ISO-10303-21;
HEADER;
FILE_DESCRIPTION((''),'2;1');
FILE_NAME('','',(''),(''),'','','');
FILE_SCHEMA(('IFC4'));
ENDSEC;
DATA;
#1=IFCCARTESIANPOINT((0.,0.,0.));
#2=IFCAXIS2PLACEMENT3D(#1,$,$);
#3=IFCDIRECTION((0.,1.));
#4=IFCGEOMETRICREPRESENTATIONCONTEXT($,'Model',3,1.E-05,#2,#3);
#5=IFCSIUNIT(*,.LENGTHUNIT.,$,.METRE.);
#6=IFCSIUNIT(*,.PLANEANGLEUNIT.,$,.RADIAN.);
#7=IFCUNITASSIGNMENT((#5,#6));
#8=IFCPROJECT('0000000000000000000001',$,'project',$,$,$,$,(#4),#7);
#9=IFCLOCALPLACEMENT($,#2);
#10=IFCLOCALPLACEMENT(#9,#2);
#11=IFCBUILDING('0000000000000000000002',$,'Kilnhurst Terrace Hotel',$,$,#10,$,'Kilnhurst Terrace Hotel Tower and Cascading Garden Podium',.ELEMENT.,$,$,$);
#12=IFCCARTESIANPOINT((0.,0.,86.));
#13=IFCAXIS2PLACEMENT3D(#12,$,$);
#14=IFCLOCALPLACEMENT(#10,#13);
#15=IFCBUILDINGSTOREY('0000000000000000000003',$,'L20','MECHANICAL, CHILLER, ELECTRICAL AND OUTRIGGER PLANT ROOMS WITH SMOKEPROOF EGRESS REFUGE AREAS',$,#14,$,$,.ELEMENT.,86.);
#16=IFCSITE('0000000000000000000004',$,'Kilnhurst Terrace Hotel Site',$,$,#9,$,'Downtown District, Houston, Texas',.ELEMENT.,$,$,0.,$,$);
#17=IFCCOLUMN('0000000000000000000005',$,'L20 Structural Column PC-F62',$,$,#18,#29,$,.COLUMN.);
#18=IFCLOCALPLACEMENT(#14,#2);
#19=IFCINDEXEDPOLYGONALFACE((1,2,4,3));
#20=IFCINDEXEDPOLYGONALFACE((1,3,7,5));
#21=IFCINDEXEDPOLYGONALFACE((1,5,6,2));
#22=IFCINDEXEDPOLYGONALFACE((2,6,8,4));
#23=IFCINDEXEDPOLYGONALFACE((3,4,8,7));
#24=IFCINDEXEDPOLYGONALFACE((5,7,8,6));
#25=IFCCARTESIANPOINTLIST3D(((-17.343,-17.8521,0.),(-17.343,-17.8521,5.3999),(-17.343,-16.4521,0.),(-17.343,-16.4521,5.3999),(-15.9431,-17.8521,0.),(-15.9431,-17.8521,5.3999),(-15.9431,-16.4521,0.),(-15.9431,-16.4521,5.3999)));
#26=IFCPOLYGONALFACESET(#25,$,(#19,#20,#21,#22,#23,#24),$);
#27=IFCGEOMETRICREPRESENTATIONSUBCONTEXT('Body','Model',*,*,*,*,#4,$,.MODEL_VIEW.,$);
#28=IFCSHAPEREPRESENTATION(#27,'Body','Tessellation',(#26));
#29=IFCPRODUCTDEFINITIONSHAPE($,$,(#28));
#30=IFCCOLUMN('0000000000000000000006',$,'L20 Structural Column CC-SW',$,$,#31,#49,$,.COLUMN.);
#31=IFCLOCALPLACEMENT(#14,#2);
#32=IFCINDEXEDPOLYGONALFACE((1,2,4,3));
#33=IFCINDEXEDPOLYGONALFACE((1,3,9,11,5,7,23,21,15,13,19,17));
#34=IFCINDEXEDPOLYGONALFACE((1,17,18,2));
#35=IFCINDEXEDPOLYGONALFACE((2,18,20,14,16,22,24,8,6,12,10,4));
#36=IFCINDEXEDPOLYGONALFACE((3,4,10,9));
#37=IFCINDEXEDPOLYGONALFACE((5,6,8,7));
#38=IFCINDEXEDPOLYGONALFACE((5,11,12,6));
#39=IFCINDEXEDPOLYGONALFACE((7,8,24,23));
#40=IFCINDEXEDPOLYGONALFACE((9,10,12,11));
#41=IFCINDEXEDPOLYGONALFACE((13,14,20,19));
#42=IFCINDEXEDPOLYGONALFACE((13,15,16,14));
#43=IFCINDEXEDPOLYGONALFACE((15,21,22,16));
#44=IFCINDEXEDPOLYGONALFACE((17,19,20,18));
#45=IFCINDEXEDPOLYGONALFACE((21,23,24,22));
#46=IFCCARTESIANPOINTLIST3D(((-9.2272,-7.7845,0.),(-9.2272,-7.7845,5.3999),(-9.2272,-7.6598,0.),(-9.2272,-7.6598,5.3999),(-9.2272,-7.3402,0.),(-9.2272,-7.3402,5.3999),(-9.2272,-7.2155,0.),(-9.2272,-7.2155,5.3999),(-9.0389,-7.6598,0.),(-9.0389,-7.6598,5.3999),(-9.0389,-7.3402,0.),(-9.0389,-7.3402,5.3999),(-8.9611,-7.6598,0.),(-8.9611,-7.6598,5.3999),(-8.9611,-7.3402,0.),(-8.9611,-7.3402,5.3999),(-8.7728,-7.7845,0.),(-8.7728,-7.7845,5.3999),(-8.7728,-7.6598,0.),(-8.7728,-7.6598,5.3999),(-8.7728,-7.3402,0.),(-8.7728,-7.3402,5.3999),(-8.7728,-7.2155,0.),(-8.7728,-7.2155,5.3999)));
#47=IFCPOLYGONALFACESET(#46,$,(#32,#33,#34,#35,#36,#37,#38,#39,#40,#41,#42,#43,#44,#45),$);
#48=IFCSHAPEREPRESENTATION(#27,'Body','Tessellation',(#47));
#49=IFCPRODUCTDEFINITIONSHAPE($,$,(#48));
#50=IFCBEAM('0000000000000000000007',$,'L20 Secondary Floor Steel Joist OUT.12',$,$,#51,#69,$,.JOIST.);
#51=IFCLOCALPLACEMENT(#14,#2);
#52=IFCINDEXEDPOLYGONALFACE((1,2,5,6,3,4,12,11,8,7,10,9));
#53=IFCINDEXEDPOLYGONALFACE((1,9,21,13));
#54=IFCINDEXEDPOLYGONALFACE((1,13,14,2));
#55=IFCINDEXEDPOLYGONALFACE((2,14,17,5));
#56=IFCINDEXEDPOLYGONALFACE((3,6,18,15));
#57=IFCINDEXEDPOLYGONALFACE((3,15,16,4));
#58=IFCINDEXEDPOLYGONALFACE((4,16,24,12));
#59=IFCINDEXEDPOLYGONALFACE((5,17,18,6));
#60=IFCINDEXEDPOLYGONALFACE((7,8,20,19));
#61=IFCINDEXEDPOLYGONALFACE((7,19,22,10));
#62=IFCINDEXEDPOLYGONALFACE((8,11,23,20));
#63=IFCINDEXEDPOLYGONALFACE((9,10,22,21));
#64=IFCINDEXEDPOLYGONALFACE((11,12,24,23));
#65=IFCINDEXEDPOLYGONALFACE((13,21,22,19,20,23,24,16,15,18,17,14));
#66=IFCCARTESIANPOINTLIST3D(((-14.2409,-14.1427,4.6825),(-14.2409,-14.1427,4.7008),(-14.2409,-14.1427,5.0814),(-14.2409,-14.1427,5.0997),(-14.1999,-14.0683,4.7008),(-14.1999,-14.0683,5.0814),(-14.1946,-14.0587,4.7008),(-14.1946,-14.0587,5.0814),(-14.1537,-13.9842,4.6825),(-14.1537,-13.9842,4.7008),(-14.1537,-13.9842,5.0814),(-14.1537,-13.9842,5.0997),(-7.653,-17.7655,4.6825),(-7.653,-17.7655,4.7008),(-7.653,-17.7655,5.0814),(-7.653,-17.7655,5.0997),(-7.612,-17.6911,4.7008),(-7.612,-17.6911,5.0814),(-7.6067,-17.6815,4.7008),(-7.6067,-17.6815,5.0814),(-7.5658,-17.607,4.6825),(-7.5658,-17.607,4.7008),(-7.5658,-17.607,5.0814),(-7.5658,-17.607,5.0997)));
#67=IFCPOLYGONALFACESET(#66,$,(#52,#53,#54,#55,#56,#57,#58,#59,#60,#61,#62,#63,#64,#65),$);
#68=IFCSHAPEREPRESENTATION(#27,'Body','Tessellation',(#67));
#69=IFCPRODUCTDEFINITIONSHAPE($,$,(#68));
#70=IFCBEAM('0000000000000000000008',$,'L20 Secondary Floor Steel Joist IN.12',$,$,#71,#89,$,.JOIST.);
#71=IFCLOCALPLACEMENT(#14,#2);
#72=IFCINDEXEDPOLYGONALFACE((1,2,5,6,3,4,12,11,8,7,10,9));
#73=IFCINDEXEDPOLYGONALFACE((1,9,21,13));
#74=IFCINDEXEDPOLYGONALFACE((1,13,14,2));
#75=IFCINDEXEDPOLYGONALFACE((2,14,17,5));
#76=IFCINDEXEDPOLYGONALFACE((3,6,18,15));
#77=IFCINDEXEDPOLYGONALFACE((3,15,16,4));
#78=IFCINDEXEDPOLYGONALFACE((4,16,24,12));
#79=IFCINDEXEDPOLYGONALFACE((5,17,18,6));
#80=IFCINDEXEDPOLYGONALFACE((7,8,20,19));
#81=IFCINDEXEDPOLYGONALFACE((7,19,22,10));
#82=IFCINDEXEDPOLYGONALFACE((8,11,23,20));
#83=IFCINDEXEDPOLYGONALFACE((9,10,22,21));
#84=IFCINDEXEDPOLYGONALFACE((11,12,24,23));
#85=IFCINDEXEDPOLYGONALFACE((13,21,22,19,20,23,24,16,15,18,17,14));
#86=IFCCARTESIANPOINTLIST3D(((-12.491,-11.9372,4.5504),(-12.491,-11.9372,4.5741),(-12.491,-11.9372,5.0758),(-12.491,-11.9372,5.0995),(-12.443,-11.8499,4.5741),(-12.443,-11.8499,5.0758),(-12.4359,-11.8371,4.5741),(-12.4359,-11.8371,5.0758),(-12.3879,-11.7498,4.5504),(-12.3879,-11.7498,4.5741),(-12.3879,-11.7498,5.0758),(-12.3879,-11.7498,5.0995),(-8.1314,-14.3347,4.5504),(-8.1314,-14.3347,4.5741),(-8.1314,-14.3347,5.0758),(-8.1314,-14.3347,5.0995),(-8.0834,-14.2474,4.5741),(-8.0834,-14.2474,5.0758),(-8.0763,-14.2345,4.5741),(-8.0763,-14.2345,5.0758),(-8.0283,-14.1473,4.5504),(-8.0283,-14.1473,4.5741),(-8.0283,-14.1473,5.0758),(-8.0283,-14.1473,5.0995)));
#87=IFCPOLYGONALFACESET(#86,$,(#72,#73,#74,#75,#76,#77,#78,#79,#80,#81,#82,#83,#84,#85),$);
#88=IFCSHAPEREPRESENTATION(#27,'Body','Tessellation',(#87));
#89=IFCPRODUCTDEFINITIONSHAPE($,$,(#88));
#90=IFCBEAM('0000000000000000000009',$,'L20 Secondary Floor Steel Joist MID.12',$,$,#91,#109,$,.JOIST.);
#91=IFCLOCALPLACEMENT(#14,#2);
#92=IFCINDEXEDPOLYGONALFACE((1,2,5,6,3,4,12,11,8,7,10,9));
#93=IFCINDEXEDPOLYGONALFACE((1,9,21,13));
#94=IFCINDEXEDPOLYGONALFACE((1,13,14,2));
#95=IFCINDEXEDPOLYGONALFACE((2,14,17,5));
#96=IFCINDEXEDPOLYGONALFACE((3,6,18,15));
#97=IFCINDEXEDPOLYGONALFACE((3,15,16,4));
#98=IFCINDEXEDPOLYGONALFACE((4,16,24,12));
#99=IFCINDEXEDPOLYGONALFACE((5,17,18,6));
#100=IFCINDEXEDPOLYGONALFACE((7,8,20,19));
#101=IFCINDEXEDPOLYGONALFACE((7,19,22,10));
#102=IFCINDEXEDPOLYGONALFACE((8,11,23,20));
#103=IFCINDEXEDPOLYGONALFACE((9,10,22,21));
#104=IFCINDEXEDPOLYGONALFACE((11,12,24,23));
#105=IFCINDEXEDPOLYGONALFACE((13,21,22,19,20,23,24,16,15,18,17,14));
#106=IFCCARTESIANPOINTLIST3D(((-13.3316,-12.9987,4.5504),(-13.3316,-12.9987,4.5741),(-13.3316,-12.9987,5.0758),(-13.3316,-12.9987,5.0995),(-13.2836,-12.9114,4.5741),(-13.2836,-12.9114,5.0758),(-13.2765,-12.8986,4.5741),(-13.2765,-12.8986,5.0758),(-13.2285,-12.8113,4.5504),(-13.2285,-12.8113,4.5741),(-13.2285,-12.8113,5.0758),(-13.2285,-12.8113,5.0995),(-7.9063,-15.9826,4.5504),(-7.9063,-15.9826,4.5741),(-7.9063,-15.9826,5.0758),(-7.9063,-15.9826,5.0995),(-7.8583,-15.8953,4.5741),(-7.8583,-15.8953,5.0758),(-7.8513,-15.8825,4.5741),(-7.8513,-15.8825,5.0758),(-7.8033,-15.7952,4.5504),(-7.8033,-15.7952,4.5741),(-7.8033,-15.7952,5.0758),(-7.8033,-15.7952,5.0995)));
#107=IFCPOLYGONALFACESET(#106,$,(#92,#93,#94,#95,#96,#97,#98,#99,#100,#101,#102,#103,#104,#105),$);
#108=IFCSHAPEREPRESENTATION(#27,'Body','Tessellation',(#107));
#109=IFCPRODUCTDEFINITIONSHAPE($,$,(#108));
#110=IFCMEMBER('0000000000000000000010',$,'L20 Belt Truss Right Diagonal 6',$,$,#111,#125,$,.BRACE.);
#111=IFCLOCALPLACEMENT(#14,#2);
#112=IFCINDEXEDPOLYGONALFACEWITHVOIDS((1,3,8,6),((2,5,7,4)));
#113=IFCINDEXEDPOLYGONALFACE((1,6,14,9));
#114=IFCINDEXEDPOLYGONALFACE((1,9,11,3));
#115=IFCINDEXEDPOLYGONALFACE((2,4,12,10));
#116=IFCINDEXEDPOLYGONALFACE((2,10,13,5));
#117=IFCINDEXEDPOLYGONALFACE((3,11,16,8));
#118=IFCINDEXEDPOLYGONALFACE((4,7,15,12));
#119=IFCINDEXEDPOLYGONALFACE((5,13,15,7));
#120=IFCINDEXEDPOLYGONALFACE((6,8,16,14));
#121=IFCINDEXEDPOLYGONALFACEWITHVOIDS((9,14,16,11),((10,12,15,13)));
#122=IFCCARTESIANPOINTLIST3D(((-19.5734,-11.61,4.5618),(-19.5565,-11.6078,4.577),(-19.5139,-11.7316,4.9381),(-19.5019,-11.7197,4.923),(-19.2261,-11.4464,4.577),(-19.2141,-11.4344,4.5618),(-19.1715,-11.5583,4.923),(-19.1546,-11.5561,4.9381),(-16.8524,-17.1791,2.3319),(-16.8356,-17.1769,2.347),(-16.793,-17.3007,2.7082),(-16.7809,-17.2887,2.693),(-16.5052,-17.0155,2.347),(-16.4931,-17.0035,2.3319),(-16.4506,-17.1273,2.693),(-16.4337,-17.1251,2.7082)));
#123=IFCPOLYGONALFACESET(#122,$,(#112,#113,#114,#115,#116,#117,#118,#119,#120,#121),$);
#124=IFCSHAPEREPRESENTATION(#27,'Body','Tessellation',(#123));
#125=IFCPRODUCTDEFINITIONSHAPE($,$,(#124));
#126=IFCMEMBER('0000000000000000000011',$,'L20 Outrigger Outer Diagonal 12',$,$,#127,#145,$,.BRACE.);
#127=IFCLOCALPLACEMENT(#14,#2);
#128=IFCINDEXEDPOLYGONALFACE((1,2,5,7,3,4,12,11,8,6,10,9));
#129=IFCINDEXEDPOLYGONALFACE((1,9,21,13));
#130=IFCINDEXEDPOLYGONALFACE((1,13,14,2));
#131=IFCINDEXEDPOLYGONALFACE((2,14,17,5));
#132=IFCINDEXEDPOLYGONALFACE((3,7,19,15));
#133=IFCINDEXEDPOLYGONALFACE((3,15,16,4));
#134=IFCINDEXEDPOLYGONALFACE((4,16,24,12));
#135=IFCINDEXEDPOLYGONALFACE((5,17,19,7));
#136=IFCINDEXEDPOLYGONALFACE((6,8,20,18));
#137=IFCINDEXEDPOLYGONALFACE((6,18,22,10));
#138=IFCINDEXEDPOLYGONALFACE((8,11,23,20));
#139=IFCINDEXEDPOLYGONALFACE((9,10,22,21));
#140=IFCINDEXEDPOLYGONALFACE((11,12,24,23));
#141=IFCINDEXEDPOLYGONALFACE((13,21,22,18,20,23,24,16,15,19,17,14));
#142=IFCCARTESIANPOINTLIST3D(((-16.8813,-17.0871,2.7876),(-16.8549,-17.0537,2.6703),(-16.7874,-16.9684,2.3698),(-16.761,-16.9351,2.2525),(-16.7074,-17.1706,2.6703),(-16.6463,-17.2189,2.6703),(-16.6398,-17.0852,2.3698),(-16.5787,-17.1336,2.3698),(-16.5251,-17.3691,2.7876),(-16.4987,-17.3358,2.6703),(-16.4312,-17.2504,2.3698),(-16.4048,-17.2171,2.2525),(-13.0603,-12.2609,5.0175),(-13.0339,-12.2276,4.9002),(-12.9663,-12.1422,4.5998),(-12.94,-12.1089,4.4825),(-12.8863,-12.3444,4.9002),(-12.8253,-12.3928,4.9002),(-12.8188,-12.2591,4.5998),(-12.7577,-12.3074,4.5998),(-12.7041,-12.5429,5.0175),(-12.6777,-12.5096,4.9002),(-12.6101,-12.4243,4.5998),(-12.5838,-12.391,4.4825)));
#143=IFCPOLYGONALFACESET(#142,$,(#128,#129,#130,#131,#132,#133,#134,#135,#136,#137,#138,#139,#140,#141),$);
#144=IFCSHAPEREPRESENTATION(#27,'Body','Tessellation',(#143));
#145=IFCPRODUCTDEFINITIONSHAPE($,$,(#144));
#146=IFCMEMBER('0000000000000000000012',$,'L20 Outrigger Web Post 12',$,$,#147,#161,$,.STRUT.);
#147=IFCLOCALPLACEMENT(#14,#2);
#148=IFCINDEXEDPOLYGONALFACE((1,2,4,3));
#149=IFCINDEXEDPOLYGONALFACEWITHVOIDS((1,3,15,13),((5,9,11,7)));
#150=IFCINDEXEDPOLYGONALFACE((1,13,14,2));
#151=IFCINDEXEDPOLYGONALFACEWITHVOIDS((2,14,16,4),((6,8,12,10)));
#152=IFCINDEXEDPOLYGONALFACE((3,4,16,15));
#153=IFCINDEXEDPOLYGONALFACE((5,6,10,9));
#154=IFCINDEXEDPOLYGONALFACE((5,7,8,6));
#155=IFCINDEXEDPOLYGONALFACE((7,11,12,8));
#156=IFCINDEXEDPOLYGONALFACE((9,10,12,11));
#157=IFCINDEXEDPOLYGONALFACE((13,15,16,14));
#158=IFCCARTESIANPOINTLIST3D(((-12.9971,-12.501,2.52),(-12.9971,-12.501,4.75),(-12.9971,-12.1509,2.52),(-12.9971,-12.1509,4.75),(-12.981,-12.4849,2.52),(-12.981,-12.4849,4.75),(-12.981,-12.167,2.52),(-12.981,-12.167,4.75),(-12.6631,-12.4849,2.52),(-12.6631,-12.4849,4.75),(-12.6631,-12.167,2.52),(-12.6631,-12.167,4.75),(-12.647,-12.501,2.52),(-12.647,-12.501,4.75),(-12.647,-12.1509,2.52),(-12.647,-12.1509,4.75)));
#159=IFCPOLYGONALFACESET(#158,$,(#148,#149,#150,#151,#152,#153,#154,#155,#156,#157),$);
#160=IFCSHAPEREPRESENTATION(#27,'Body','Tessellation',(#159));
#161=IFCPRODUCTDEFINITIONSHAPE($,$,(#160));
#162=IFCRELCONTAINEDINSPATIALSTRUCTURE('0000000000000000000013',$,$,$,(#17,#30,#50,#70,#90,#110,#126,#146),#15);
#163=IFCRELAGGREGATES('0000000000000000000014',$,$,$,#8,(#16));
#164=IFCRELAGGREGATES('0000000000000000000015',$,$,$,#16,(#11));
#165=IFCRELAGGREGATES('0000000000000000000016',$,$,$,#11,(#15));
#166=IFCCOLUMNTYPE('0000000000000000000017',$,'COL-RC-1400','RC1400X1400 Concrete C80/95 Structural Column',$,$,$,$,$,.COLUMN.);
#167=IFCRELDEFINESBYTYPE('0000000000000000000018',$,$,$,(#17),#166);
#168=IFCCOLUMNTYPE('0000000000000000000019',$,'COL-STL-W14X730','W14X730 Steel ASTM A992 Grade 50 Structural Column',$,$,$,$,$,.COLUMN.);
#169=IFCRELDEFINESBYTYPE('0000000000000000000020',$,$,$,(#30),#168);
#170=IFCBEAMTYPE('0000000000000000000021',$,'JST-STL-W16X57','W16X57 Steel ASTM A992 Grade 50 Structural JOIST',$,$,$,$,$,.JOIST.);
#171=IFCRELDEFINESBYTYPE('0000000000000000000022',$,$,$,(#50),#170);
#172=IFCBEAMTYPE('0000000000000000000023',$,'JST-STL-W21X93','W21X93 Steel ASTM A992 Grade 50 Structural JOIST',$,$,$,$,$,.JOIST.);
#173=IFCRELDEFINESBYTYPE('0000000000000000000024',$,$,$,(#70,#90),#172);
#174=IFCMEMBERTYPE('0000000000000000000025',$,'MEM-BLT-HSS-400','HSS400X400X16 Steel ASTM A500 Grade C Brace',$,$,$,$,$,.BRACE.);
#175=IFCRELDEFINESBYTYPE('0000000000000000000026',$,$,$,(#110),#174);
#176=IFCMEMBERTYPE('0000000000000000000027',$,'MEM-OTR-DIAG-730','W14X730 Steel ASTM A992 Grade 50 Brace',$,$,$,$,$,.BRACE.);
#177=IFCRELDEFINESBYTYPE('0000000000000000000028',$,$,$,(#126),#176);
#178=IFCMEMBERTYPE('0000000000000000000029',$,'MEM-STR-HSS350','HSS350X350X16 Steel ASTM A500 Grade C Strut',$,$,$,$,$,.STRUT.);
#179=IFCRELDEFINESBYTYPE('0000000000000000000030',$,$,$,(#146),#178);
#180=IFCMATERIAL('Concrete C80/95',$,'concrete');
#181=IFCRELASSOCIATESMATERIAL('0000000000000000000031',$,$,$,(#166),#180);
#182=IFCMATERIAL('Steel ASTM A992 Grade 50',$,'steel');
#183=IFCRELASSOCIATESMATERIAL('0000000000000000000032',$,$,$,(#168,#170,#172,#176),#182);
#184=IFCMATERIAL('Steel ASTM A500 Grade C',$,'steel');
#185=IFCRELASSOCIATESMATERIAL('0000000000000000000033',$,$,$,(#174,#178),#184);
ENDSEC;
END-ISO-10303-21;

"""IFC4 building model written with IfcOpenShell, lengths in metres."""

from ifc_helpers import new_model, si_unit, direction, frame, origin, origin_2d, place, context, subcontext, project, spatial, rectangle, hollow_rectangle, i_section, extrude, material, material_profile, profile_set, type_object, element, save


model = new_model("IFC4")

# Units and contexts
model_context = context("Model", 3, precision=1e-05, world=origin(), true_north=direction((0.0, 1.0)))
body_context = subcontext(model_context, "Body", "Model", "MODEL_VIEW")
ifc_project = project(units=[si_unit("LENGTHUNIT", "METRE"), si_unit("PLANEANGLEUNIT", "RADIAN")], contexts=[model_context])

# Site, building, storey
site_placement = place(None, origin())
site = spatial("IfcSite", under=ifc_project, at=site_placement, Name="Kilnhurst Terrace Hotel Site", LongName="Downtown District, Houston, Texas", CompositionType="ELEMENT", RefElevation=0.0)
building_placement = place(site_placement, origin())
building = spatial("IfcBuilding", under=site, at=building_placement, Name="Kilnhurst Terrace Hotel", LongName="Kilnhurst Terrace Hotel Tower and Cascading Garden Podium", CompositionType="ELEMENT")
storey_placement = place(building_placement, frame((0.0, 0.0, 86.0)))
storey = spatial("IfcBuildingStorey", under=building, at=storey_placement, Name="L20", Description="MECHANICAL, CHILLER, ELECTRICAL AND OUTRIGGER PLANT ROOMS WITH SMOKEPROOF EGRESS REFUGE AREAS", CompositionType="ELEMENT", Elevation=86.0)

# Columns
ifc_material_1 = material(Name="Concrete C80/95", Category="concrete")
ifc_material_profile_1 = material_profile(ifc_material_1, rectangle(XDim=1.3999, YDim=1.3999, at=origin_2d()), Name="RC1400X1400")
ifc_profile_set_1 = profile_set([ifc_material_profile_1], Name="Concrete C80/95")
column_type_1 = type_object("IfcColumnType", Name="COL-RC-1400", Description="RC1400X1400 Concrete C80/95 Structural Column", PredefinedType="COLUMN", material=ifc_profile_set_1)
column_1_placement = place(storey_placement, frame((-16.6431, -17.1521, 0.0), z_axis=(0.0, 0.0, 1.0), x_axis=(1.0, 0.0, 0.0)))
element("IfcColumn", 1, at=column_1_placement, inside=storey, type_object=column_type_1, Name="L20 Structural Column PC-F62", PredefinedType="COLUMN", context=body_context, shape_type="SweptSolid", body=[
    extrude(rectangle(XDim=1.3999, YDim=1.3999, at=origin_2d()), origin(), (0.0, 0.0, 1.0), 5.3999),
])
ifc_material_2 = material(Name="Steel ASTM A992 Grade 50", Category="steel")
ifc_material_profile_2 = material_profile(ifc_material_2, i_section(OverallWidth=0.4543, OverallDepth=0.5691, WebThickness=0.0779, FlangeThickness=0.1248, at=origin_2d()), Name="W14X730")
ifc_profile_set_2 = profile_set([ifc_material_profile_2], Name="Steel ASTM A992 Grade 50")
column_type_2 = type_object("IfcColumnType", Name="COL-STL-W14X730", Description="W14X730 Steel ASTM A992 Grade 50 Structural Column", PredefinedType="COLUMN", material=ifc_profile_set_2)
column_2_placement = place(storey_placement, frame((-9.0, -7.5, 0.0), z_axis=(0.0, 0.0, 1.0), x_axis=(1.0, 0.0, 0.0)))
element("IfcColumn", 2, at=column_2_placement, inside=storey, type_object=column_type_2, Name="L20 Structural Column CC-SW", PredefinedType="COLUMN", context=body_context, shape_type="SweptSolid", body=[
    extrude(i_section(OverallWidth=0.4543, OverallDepth=0.5691, WebThickness=0.0779, FlangeThickness=0.1248, at=origin_2d()), origin(), (0.0, 0.0, 1.0), 5.3999),
])

# Beams
ifc_material_profile_3 = material_profile(ifc_material_2, i_section(OverallWidth=0.1809, OverallDepth=0.4172, WebThickness=0.011, FlangeThickness=0.0183, at=origin_2d()), Name="W16X57")
ifc_profile_set_3 = profile_set([ifc_material_profile_3], Name="Steel ASTM A992 Grade 50")
beam_type_1 = type_object("IfcBeamType", Name="JST-STL-W16X57", Description="W16X57 Steel ASTM A992 Grade 50 Structural JOIST", PredefinedType="JOIST", material=ifc_profile_set_3)
beam_1_placement = place(storey_placement, frame((-14.1973, -14.0635, 4.8911), z_axis=(0.876246, -0.481864, 0.0), x_axis=(0.481864, 0.876246, 0.0)))
element("IfcBeam", 3, at=beam_1_placement, inside=storey, type_object=beam_type_1, Name="L20 Secondary Floor Steel Joist OUT.12", PredefinedType="JOIST", context=body_context, shape_type="SweptSolid", body=[
    extrude(i_section(OverallWidth=0.1809, OverallDepth=0.4172, WebThickness=0.011, FlangeThickness=0.0183, at=origin_2d()), origin(), (0.0, 0.0, 1.0), 7.5183),
])
ifc_material_profile_4 = material_profile(ifc_material_2, i_section(OverallWidth=0.2139, OverallDepth=0.5491, WebThickness=0.0146, FlangeThickness=0.0237, at=origin_2d()), Name="W21X93")
ifc_profile_set_4 = profile_set([ifc_material_profile_4], Name="Steel ASTM A992 Grade 50")
beam_type_2 = type_object("IfcBeamType", Name="JST-STL-W21X93", Description="W21X93 Steel ASTM A992 Grade 50 Structural JOIST", PredefinedType="JOIST", material=ifc_profile_set_4)
beam_2_placement = place(storey_placement, frame((-12.4395, -11.8435, 4.825), z_axis=(0.876244, -0.481868, 0.0), x_axis=(0.481868, 0.876244, 0.0)))
element("IfcBeam", 4, at=beam_2_placement, inside=storey, type_object=beam_type_2, Name="L20 Secondary Floor Steel Joist IN.12", PredefinedType="JOIST", context=body_context, shape_type="SweptSolid", body=[
    extrude(i_section(OverallWidth=0.2139, OverallDepth=0.5491, WebThickness=0.0146, FlangeThickness=0.0237, at=origin_2d()), origin(), (0.0, 0.0, 1.0), 4.9753),
])
beam_3_placement = place(storey_placement, frame((-13.28, -12.905, 4.825), z_axis=(0.876218, -0.481916, 0.0), x_axis=(0.481916, 0.876218, 0.0)))
element("IfcBeam", 5, at=beam_3_placement, inside=storey, type_object=beam_type_2, Name="L20 Secondary Floor Steel Joist MID.12", PredefinedType="JOIST", context=body_context, shape_type="SweptSolid", body=[
    extrude(i_section(OverallWidth=0.2139, OverallDepth=0.5491, WebThickness=0.0146, FlangeThickness=0.0237, at=origin_2d()), origin(), (0.0, 0.0, 1.0), 6.1917),
])

# Members
ifc_material_3 = material(Name="Steel ASTM A500 Grade C", Category="steel")
ifc_material_profile_5 = material_profile(ifc_material_3, hollow_rectangle(XDim=0.3999, YDim=0.3999, WallThickness=0.0161, at=origin_2d()), Name="HSS400X400X16")
ifc_profile_set_5 = profile_set([ifc_material_profile_5], Name="Steel ASTM A500 Grade C")
member_type_1 = type_object("IfcMemberType", Name="MEM-BLT-HSS-400", Description="HSS400X400X16 Steel ASTM A500 Grade C Brace", PredefinedType="BRACE", material=ifc_profile_set_5)
member_1_placement = place(storey_placement, frame((-16.6431, -17.1521, 2.52), z_axis=(-0.413066, 0.845442, 0.338533), x_axis=(-0.898494, -0.438986, 0.0)))
element("IfcMember", 6, at=member_1_placement, inside=storey, type_object=member_type_1, Name="L20 Belt Truss Right Diagonal 6", PredefinedType="BRACE", context=body_context, shape_type="SweptSolid", body=[
    extrude(hollow_rectangle(XDim=0.3999, YDim=0.3999, WallThickness=0.0161, at=origin_2d()), origin(), (0.0, 0.0, 1.0), 6.5872),
])
ifc_material_profile_6 = material_profile(ifc_material_2, i_section(OverallWidth=0.4543, OverallDepth=0.5691, WebThickness=0.0779, FlangeThickness=0.1248, at=origin_2d()), Name="W14X730")
ifc_profile_set_6 = profile_set([ifc_material_profile_6], Name="Steel ASTM A992 Grade 50")
member_type_2 = type_object("IfcMemberType", Name="MEM-OTR-DIAG-730", Description="W14X730 Steel ASTM A992 Grade 50 Brace", PredefinedType="BRACE", material=ifc_profile_set_6)
member_2_placement = place(storey_placement, frame((-12.822, -12.3259, 4.75), z_axis=(-0.58362, -0.737141, -0.340603), x_axis=(0.78402, -0.620735, 0.0)))
element("IfcMember", 7, at=member_2_placement, inside=storey, type_object=member_type_2, Name="L20 Outrigger Outer Diagonal 12", PredefinedType="BRACE", context=body_context, shape_type="SweptSolid", body=[
    extrude(i_section(OverallWidth=0.4543, OverallDepth=0.5691, WebThickness=0.0779, FlangeThickness=0.1248, at=origin_2d()), origin(), (0.0, 0.0, 1.0), 6.5471),
])
ifc_material_profile_7 = material_profile(ifc_material_3, hollow_rectangle(XDim=0.3501, YDim=0.3501, WallThickness=0.0161, at=origin_2d()), Name="HSS350X350X16")
ifc_profile_set_7 = profile_set([ifc_material_profile_7], Name="Steel ASTM A500 Grade C")
member_type_3 = type_object("IfcMemberType", Name="MEM-STR-HSS350", Description="HSS350X350X16 Steel ASTM A500 Grade C Strut", PredefinedType="STRUT", material=ifc_profile_set_7)
member_3_placement = place(storey_placement, frame((-12.822, -12.3259, 2.52), z_axis=(0.0, 0.0, 1.0), x_axis=(1.0, 0.0, 0.0)))
element("IfcMember", 8, at=member_3_placement, inside=storey, type_object=member_type_3, Name="L20 Outrigger Web Post 12", PredefinedType="STRUT", context=body_context, shape_type="SweptSolid", body=[
    extrude(hollow_rectangle(XDim=0.3501, YDim=0.3501, WallThickness=0.0161, at=origin_2d()), origin(), (0.0, 0.0, 1.0), 2.23),
])

save(model, "model.ifc")
